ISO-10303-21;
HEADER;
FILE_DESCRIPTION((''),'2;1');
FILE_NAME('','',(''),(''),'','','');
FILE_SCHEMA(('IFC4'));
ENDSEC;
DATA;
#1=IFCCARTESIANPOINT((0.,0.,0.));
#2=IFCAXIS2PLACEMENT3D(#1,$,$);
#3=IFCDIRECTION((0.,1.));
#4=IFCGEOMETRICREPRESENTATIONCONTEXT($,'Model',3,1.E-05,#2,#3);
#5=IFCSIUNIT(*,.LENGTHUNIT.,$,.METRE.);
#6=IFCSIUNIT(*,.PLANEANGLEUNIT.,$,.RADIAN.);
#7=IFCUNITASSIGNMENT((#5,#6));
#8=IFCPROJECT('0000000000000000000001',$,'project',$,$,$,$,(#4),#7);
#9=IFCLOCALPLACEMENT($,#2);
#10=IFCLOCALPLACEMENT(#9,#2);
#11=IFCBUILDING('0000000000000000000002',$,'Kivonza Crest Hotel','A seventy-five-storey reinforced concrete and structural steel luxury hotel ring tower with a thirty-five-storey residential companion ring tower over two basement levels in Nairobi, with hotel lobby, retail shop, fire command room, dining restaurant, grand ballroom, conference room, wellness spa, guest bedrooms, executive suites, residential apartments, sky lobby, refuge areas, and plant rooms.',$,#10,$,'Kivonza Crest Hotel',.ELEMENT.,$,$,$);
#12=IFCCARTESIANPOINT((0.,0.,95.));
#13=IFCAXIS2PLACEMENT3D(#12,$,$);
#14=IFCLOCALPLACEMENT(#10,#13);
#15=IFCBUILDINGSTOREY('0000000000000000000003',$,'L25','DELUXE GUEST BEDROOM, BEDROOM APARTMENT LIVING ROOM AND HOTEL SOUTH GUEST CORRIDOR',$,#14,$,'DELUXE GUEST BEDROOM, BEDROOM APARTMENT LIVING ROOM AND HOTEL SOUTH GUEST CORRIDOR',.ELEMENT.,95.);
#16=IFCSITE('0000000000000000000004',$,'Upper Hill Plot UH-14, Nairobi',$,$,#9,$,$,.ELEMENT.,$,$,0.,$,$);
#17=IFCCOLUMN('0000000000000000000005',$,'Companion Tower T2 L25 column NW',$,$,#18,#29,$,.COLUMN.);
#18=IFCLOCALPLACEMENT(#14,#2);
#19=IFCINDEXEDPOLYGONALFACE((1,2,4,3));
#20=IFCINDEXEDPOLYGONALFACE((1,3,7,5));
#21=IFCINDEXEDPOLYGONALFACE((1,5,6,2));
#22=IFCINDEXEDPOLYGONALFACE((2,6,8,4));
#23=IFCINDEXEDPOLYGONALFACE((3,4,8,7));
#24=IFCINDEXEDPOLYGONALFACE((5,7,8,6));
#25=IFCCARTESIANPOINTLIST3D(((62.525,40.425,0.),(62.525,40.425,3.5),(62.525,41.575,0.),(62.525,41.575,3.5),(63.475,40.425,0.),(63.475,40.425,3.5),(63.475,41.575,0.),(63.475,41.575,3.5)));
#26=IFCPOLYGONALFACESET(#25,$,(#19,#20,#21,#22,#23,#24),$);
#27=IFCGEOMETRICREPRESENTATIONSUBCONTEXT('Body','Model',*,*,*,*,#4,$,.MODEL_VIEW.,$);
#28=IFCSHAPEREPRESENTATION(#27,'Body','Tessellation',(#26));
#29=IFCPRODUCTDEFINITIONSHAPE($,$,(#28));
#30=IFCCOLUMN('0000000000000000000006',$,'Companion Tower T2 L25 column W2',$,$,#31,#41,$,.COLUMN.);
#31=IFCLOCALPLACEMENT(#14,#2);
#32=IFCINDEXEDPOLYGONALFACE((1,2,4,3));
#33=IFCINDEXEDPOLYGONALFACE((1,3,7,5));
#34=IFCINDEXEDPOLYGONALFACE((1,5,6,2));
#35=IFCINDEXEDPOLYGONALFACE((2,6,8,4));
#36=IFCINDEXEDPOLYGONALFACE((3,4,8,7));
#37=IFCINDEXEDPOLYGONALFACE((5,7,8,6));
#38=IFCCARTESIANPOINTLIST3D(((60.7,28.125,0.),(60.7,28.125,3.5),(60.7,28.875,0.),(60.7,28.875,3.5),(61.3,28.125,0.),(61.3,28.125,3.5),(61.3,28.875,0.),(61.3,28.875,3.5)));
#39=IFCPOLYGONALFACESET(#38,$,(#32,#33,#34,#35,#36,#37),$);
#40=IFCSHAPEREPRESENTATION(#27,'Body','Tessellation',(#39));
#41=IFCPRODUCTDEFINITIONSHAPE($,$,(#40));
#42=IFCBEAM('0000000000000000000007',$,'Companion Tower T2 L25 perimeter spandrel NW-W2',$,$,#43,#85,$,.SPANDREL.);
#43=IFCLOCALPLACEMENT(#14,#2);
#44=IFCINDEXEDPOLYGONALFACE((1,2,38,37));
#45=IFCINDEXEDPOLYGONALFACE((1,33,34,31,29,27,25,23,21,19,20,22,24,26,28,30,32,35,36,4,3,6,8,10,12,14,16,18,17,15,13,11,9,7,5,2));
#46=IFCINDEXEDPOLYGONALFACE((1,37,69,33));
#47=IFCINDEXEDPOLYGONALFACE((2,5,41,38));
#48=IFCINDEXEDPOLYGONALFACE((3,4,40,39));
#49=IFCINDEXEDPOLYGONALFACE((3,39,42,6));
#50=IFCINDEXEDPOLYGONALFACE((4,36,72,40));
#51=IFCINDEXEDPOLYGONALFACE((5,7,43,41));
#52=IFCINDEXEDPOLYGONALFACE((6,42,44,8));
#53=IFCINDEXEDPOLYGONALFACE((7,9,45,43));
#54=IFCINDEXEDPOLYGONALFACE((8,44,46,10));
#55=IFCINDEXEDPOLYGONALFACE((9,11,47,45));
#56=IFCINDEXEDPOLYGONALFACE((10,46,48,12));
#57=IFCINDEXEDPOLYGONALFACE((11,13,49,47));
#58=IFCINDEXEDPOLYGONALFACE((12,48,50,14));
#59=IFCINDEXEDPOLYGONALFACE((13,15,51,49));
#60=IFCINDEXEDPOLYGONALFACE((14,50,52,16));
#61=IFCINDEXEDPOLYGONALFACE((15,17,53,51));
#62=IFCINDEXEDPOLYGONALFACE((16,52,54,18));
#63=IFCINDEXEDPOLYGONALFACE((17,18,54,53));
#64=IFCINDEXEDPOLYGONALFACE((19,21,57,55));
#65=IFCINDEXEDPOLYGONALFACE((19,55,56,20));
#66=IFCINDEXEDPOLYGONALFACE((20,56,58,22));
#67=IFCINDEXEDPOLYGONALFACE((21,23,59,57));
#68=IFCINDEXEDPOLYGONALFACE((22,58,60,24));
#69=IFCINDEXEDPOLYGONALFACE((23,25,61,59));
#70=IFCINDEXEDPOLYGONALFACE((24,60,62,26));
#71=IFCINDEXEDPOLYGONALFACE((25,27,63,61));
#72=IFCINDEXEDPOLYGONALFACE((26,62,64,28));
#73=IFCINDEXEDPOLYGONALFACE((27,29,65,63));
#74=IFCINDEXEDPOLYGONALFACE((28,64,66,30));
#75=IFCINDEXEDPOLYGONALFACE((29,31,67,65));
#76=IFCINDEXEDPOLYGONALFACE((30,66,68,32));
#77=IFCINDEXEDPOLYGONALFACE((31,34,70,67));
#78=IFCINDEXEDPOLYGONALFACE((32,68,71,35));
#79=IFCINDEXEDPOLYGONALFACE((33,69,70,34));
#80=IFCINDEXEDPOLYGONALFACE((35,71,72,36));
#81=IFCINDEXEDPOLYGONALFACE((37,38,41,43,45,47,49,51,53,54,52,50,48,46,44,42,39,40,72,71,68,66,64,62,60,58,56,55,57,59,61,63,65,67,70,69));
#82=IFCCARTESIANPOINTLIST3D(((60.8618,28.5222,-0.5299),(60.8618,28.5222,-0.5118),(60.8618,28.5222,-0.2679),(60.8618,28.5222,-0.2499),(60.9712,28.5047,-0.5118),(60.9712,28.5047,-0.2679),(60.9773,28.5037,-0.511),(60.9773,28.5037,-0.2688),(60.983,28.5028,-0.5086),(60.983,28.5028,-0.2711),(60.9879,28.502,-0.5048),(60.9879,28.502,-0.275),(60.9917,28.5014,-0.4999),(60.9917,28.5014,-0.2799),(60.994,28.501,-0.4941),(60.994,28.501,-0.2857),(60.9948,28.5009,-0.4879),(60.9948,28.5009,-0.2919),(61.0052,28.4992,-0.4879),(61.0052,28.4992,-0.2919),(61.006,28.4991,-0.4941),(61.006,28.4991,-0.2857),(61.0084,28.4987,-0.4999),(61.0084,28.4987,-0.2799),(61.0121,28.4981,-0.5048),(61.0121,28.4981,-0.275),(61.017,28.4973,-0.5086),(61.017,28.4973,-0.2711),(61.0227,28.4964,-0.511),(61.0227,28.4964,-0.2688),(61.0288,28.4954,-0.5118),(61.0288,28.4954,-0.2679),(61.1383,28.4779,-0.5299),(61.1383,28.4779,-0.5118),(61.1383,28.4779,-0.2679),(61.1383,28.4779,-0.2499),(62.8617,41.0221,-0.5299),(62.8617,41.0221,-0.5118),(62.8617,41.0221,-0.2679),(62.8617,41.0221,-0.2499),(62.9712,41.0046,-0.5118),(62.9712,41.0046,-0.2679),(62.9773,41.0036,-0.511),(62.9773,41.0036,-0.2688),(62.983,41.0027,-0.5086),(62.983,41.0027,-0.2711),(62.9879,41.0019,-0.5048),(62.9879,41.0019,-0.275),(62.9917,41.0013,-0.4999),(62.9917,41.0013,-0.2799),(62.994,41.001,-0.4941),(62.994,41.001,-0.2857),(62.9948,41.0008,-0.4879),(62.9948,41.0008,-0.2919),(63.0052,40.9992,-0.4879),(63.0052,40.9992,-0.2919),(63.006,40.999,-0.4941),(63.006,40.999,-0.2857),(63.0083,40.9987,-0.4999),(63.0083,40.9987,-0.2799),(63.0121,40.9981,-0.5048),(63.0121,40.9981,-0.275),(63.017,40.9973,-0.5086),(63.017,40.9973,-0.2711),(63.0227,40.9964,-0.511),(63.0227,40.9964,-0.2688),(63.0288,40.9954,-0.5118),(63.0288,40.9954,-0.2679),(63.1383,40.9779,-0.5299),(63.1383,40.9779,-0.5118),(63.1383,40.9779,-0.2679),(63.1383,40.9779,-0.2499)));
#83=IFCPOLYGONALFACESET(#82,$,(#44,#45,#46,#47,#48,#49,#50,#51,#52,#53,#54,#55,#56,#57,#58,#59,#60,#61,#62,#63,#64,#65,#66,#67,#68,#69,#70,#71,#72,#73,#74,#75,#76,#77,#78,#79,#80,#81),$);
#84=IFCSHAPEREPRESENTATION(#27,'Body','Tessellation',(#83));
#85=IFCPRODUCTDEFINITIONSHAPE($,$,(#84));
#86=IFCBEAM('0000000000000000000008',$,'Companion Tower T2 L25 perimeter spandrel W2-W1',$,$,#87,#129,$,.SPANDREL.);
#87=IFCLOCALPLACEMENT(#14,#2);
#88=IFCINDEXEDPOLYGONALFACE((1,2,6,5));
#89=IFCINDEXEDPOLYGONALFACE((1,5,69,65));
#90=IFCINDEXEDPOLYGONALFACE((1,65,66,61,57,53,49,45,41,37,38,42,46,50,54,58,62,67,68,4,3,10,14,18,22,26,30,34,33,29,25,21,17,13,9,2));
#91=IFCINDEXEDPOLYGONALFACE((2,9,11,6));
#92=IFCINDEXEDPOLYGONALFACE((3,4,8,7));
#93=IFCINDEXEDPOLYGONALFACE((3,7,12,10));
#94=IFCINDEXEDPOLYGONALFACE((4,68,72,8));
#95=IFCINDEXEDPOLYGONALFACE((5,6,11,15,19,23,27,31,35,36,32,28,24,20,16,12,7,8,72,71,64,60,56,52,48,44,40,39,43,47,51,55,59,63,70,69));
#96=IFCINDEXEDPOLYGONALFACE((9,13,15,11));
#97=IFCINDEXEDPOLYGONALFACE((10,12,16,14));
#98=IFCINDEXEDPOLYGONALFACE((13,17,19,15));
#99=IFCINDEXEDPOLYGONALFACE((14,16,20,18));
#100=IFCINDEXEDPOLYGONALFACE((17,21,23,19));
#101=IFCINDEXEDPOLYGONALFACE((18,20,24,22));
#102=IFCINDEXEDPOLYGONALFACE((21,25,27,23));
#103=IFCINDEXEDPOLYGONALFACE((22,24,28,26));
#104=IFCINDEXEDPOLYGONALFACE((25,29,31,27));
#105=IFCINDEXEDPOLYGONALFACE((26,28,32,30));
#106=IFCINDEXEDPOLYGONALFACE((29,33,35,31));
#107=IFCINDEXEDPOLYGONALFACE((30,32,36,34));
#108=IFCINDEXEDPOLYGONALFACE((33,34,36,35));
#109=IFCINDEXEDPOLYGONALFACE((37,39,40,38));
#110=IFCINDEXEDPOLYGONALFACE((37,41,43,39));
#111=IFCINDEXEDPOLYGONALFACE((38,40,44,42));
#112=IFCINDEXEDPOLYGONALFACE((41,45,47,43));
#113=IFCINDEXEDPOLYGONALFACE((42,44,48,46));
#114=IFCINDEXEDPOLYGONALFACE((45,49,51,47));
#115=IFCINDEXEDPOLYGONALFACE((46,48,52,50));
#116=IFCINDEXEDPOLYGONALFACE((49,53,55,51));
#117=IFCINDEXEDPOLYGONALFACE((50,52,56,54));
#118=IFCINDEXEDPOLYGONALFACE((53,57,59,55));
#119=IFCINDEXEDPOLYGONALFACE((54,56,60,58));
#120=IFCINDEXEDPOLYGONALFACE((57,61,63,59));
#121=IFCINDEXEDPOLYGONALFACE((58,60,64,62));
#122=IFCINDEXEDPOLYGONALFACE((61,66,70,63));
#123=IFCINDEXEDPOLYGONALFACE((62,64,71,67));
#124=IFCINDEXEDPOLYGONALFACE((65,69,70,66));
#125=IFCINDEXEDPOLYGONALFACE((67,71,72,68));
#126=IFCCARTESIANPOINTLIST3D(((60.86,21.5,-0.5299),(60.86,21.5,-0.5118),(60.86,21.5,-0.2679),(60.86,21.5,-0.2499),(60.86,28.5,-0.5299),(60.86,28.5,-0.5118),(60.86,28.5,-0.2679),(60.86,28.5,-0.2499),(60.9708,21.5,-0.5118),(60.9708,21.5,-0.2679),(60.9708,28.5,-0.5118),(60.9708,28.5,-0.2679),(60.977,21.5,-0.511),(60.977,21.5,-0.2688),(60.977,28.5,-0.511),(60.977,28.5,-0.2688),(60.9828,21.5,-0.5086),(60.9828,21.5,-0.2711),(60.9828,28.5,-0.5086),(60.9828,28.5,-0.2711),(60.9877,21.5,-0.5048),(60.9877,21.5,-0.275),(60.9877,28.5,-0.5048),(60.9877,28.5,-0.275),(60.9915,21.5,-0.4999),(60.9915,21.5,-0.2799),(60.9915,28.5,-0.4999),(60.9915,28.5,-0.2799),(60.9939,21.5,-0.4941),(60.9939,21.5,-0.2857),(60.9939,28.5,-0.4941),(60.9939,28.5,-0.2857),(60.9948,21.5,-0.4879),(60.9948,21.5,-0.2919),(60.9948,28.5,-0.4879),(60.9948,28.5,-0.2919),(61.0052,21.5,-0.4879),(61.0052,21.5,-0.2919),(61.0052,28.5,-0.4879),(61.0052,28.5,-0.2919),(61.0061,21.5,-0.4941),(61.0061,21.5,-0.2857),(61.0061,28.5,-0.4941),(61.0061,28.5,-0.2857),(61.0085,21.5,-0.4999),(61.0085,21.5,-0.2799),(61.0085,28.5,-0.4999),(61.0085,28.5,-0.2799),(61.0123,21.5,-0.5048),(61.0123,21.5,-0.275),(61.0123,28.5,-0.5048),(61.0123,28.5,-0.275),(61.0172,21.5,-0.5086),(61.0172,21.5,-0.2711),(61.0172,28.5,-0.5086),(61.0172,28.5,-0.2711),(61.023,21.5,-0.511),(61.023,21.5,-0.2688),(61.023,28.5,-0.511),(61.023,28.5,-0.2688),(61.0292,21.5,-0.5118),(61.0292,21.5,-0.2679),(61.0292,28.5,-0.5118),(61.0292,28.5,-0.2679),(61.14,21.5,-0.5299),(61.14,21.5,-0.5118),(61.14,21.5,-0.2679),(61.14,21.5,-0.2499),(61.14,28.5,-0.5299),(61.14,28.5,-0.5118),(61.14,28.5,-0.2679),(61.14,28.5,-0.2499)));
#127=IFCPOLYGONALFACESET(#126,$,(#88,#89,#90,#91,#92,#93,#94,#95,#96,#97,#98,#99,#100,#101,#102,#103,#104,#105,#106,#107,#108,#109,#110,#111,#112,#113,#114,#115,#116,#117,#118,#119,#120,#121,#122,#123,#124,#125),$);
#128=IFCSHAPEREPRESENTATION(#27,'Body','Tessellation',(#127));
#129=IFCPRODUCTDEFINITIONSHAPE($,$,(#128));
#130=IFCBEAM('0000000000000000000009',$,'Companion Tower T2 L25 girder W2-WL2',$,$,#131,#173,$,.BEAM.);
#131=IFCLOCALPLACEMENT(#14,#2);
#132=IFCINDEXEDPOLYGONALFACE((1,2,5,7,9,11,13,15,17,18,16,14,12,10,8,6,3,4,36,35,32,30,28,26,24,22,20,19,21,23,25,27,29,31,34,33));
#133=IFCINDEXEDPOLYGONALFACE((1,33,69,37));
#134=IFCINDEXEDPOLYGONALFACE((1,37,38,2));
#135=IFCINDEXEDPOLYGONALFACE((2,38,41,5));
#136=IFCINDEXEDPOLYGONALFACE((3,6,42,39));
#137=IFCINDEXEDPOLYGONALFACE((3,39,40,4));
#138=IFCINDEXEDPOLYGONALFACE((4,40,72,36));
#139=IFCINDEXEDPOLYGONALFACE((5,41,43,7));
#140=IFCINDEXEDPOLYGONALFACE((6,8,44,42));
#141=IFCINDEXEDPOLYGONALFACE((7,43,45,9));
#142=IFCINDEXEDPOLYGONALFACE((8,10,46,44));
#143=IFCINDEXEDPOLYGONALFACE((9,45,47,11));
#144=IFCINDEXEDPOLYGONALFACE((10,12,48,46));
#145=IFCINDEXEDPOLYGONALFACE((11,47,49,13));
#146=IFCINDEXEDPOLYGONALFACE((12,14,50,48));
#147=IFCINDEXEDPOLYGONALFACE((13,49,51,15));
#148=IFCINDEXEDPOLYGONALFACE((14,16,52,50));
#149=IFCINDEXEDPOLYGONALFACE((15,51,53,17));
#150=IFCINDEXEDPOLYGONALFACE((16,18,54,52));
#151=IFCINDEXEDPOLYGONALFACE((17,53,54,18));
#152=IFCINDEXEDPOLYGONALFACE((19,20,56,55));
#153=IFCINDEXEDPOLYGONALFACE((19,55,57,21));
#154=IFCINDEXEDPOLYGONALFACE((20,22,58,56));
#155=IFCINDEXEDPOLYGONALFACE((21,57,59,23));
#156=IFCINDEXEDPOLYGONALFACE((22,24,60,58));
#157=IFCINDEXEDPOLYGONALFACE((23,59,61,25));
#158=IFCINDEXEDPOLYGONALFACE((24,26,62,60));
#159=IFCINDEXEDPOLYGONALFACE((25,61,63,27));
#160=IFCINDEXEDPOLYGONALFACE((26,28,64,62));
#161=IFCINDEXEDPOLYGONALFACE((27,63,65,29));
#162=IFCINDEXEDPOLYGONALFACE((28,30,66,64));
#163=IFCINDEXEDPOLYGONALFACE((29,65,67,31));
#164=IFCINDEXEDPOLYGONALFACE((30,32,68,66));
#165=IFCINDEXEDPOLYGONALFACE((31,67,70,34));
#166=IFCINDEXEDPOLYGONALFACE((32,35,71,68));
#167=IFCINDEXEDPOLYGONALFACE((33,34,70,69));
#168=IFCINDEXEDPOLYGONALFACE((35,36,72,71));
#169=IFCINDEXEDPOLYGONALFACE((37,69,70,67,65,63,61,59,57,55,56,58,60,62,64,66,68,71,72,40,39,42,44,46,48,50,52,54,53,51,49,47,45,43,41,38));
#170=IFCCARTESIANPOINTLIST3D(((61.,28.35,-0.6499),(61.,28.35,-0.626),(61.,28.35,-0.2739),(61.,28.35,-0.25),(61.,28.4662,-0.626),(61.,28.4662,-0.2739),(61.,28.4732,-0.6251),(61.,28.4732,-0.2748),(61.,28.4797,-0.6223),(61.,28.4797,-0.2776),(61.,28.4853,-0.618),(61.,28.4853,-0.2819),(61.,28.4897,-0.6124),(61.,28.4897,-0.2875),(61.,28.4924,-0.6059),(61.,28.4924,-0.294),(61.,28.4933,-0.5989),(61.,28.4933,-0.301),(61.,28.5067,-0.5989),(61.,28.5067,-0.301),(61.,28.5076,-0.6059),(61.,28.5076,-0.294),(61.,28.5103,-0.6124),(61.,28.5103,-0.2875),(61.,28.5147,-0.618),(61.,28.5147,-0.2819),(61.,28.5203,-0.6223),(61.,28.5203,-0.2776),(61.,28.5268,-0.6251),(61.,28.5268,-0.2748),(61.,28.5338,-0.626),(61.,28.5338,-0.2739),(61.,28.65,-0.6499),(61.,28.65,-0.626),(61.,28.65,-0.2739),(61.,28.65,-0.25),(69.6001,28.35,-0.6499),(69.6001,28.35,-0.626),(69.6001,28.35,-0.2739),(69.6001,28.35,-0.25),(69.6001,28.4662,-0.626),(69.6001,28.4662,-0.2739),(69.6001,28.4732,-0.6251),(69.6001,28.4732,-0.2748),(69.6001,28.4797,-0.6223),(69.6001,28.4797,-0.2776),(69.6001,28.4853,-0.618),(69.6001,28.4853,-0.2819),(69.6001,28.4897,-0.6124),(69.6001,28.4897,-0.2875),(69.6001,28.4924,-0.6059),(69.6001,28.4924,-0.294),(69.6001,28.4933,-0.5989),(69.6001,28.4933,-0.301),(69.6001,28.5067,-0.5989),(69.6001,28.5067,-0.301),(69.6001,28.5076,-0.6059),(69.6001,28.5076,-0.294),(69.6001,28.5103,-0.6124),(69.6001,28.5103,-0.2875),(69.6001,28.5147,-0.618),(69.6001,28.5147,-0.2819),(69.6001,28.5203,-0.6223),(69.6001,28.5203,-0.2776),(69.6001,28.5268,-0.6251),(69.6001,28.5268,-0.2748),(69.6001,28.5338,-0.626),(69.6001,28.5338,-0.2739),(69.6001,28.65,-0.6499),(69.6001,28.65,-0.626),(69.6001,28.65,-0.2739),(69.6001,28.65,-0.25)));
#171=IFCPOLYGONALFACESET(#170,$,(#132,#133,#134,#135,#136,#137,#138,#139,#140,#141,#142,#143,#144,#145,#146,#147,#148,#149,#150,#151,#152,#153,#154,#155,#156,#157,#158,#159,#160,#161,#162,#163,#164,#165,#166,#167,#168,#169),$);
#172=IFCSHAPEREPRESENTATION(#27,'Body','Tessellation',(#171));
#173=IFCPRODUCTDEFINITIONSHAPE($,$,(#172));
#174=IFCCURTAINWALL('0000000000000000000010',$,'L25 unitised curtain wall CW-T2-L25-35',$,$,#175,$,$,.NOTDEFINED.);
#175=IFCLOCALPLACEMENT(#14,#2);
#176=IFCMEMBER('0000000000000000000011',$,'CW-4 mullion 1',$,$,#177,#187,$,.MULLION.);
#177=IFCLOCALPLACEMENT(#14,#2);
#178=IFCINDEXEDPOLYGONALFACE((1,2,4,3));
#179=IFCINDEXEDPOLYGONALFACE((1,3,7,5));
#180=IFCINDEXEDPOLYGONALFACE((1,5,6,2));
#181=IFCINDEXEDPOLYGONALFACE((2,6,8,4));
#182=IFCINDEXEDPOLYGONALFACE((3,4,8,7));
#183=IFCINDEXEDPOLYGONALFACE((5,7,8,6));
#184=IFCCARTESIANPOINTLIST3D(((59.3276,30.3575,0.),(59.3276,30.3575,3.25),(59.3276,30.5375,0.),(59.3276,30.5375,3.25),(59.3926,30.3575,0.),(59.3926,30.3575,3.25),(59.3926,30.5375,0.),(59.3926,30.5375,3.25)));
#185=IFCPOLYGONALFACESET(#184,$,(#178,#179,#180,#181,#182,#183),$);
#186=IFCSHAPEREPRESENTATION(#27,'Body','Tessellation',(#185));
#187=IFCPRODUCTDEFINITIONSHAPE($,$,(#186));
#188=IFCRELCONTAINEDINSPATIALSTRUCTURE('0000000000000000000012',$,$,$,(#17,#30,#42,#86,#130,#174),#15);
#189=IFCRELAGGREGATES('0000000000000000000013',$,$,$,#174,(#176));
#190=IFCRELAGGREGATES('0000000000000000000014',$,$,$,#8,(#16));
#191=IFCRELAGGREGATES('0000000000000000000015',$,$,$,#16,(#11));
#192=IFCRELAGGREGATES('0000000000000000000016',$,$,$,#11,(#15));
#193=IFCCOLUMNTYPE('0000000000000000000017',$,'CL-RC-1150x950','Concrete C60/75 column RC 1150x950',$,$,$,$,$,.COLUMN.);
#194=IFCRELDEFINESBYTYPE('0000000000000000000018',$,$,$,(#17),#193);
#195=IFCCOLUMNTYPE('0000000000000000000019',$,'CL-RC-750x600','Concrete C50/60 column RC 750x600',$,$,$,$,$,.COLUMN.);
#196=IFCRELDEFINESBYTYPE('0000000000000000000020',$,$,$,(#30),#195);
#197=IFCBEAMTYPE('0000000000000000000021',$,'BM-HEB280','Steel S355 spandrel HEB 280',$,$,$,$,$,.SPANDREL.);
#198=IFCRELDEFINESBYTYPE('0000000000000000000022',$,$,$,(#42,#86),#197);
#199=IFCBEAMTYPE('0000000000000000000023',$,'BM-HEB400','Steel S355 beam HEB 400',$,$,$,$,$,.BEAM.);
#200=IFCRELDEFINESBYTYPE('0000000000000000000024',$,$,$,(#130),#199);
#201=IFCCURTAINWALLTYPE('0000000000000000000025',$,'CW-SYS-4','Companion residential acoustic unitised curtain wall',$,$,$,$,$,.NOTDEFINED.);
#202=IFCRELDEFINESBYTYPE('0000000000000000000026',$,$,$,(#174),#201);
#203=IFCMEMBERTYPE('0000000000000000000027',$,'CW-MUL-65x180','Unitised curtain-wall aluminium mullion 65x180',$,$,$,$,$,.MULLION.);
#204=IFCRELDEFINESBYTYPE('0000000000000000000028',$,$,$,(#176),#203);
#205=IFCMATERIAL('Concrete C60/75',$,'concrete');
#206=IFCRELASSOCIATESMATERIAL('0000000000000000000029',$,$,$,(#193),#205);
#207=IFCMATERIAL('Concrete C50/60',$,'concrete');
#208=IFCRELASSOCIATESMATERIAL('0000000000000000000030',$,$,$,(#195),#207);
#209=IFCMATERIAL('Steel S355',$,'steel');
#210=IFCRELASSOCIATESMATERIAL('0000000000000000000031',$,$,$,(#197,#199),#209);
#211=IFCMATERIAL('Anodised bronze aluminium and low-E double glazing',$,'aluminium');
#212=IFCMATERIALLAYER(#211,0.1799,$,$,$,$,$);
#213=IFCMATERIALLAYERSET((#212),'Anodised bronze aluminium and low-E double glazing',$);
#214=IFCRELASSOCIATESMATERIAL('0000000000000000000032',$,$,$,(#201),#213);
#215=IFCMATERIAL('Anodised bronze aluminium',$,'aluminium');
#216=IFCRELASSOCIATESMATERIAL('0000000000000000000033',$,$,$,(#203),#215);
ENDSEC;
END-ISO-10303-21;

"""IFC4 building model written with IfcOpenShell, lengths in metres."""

from ifc_helpers import new_model, si_unit, direction, frame, origin, origin_2d, place, context, subcontext, project, spatial, rectangle, i_section, extrude, material, layer, layer_set, material_profile, profile_set, type_object, element, aggregate, save


model = new_model("IFC4")

# Units and contexts
model_context = context("Model", 3, precision=1e-05, world=origin(), true_north=direction((0.0, 1.0)))
body_context = subcontext(model_context, "Body", "Model", "MODEL_VIEW")
ifc_project = project(units=[si_unit("LENGTHUNIT", "METRE"), si_unit("PLANEANGLEUNIT", "RADIAN")], contexts=[model_context])

# Site, building, storey
site_placement = place(None, origin())
site = spatial("IfcSite", under=ifc_project, at=site_placement, Name="Upper Hill Plot UH-14, Nairobi", CompositionType="ELEMENT", RefElevation=0.0)
building_placement = place(site_placement, origin())
building = spatial("IfcBuilding", under=site, at=building_placement, Name="Kivonza Crest Hotel", Description="A seventy-five-storey reinforced concrete and structural steel luxury hotel ring tower with a thirty-five-storey residential companion ring tower over two basement levels in Nairobi, with hotel lobby, retail shop, fire command room, dining restaurant, grand ballroom, conference room, wellness spa, guest bedrooms, executive suites, residential apartments, sky lobby, refuge areas, and plant rooms.", LongName="Kivonza Crest Hotel", CompositionType="ELEMENT")
storey_placement = place(building_placement, frame((0.0, 0.0, 95.0)))
storey = spatial("IfcBuildingStorey", under=building, at=storey_placement, Name="L25", Description="DELUXE GUEST BEDROOM, BEDROOM APARTMENT LIVING ROOM AND HOTEL SOUTH GUEST CORRIDOR", LongName="DELUXE GUEST BEDROOM, BEDROOM APARTMENT LIVING ROOM AND HOTEL SOUTH GUEST CORRIDOR", CompositionType="ELEMENT", Elevation=95.0)

# Columns
ifc_material_1 = material(Name="Concrete C60/75", Category="concrete")
ifc_material_profile_1 = material_profile(ifc_material_1, rectangle(XDim=0.95, YDim=1.1499, at=origin_2d()), Name="RC 1150x950")
ifc_profile_set_1 = profile_set([ifc_material_profile_1], Name="Concrete C60/75")
column_type_1 = type_object("IfcColumnType", Name="CL-RC-1150x950", Description="Concrete C60/75 column RC 1150x950", PredefinedType="COLUMN", material=ifc_profile_set_1)
column_1_placement = place(storey_placement, frame((63.0, 41.0, 0.0), z_axis=(0.0, 0.0, 1.0), x_axis=(1.0, 0.0, 0.0)))
element("IfcColumn", 1, at=column_1_placement, inside=storey, type_object=column_type_1, Name="Companion Tower T2 L25 column NW", PredefinedType="COLUMN", context=body_context, shape_type="SweptSolid", body=[
    extrude(rectangle(XDim=0.95, YDim=1.1499, at=origin_2d()), origin(), (0.0, 0.0, 1.0), 3.5),
])
ifc_material_2 = material(Name="Concrete C50/60", Category="concrete")
ifc_material_profile_2 = material_profile(ifc_material_2, rectangle(XDim=0.6001, YDim=0.75, at=origin_2d()), Name="RC 750x600")
ifc_profile_set_2 = profile_set([ifc_material_profile_2], Name="Concrete C50/60")
column_type_2 = type_object("IfcColumnType", Name="CL-RC-750x600", Description="Concrete C50/60 column RC 750x600", PredefinedType="COLUMN", material=ifc_profile_set_2)
column_2_placement = place(storey_placement, frame((61.0, 28.5, 0.0), z_axis=(0.0, 0.0, 1.0), x_axis=(1.0, 0.0, 0.0)))
element("IfcColumn", 2, at=column_2_placement, inside=storey, type_object=column_type_2, Name="Companion Tower T2 L25 column W2", PredefinedType="COLUMN", context=body_context, shape_type="SweptSolid", body=[
    extrude(rectangle(XDim=0.6001, YDim=0.75, at=origin_2d()), origin(), (0.0, 0.0, 1.0), 3.5),
])

# Beams
ifc_material_3 = material(Name="Steel S355", Category="steel")
ifc_material_profile_3 = material_profile(ifc_material_3, i_section(OverallWidth=0.28, OverallDepth=0.28, WebThickness=0.0105, FlangeThickness=0.0181, FilletRadius=0.0239, at=origin_2d()), Name="HEB 280")
ifc_profile_set_3 = profile_set([ifc_material_profile_3], Name="Steel S355")
beam_type_1 = type_object("IfcBeamType", Name="BM-HEB280", Description="Steel S355 spandrel HEB 280", PredefinedType="SPANDREL", material=ifc_profile_set_3)
beam_1_placement = place(storey_placement, frame((63.0, 41.0, -0.3899), z_axis=(-0.157991, -0.987441, 0.0), x_axis=(0.987441, -0.157991, 0.0)))
element("IfcBeam", 3, at=beam_1_placement, inside=storey, type_object=beam_type_1, Name="Companion Tower T2 L25 perimeter spandrel NW-W2", PredefinedType="SPANDREL", context=body_context, shape_type="SweptSolid", body=[
    extrude(i_section(OverallWidth=0.28, OverallDepth=0.28, WebThickness=0.0105, FlangeThickness=0.0181, FilletRadius=0.0239, at=origin_2d()), origin(), (0.0, 0.0, 1.0), 12.6589),
])
beam_2_placement = place(storey_placement, frame((61.0, 28.5, -0.3899), z_axis=(0.0, -1.0, 0.0), x_axis=(1.0, 0.0, 0.0)))
element("IfcBeam", 4, at=beam_2_placement, inside=storey, type_object=beam_type_1, Name="Companion Tower T2 L25 perimeter spandrel W2-W1", PredefinedType="SPANDREL", context=body_context, shape_type="SweptSolid", body=[
    extrude(i_section(OverallWidth=0.28, OverallDepth=0.28, WebThickness=0.0105, FlangeThickness=0.0181, FilletRadius=0.0239, at=origin_2d()), origin(), (0.0, 0.0, 1.0), 7.0),
])
ifc_material_profile_4 = material_profile(ifc_material_3, i_section(OverallWidth=0.3, OverallDepth=0.3999, WebThickness=0.0134, FlangeThickness=0.0239, FilletRadius=0.0271, at=origin_2d()), Name="HEB 400")
ifc_profile_set_4 = profile_set([ifc_material_profile_4], Name="Steel S355")
beam_type_2 = type_object("IfcBeamType", Name="BM-HEB400", Description="Steel S355 beam HEB 400", PredefinedType="BEAM", material=ifc_profile_set_4)
beam_3_placement = place(storey_placement, frame((61.0, 28.5, -0.45), z_axis=(1.0, 0.0, 0.0), x_axis=(0.0, 1.0, 0.0)))
element("IfcBeam", 5, at=beam_3_placement, inside=storey, type_object=beam_type_2, Name="Companion Tower T2 L25 girder W2-WL2", PredefinedType="BEAM", context=body_context, shape_type="SweptSolid", body=[
    extrude(i_section(OverallWidth=0.3, OverallDepth=0.3999, WebThickness=0.0134, FlangeThickness=0.0239, FilletRadius=0.0271, at=origin_2d()), origin(), (0.0, 0.0, 1.0), 8.6001),
])

# Curtain wall, member
ifc_material_4 = material(Name="Anodised bronze aluminium and low-E double glazing", Category="aluminium")
ifc_layer_1 = layer(ifc_material_4, 0.1799)
ifc_layer_set_1 = layer_set([ifc_layer_1], Name="Anodised bronze aluminium and low-E double glazing")
curtain_wall_type = type_object("IfcCurtainWallType", Name="CW-SYS-4", Description="Companion residential acoustic unitised curtain wall", PredefinedType="NOTDEFINED", material=ifc_layer_set_1)
curtain_wall_placement = place(storey_placement, origin())
curtain_wall = element("IfcCurtainWall", 6, at=curtain_wall_placement, inside=storey, type_object=curtain_wall_type, Name="L25 unitised curtain wall CW-T2-L25-35", PredefinedType="NOTDEFINED")
ifc_material_5 = material(Name="Anodised bronze aluminium", Category="aluminium")
ifc_material_profile_5 = material_profile(ifc_material_5, rectangle(XDim=0.0649, YDim=0.1799, at=origin_2d()), Name="CW-M 65x180")
ifc_profile_set_5 = profile_set([ifc_material_profile_5], Name="Anodised bronze aluminium")
member_type_1 = type_object("IfcMemberType", Name="CW-MUL-65x180", Description="Unitised curtain-wall aluminium mullion 65x180", PredefinedType="MULLION", material=ifc_profile_set_5)
member_1_placement = place(storey_placement, frame((59.3601, 30.4475, 0.0), z_axis=(0.0, 0.0, 1.0), x_axis=(1.0, 0.0, 0.0)))
member_1 = element("IfcMember", 7, at=member_1_placement, type_object=member_type_1, Name="CW-4 mullion 1", PredefinedType="MULLION", context=body_context, shape_type="SweptSolid", body=[
    extrude(rectangle(XDim=0.0649, YDim=0.1799, at=origin_2d()), origin(), (0.0, 0.0, 1.0), 3.25),
])
aggregate(curtain_wall, [member_1])

save(model, "model.ifc")
